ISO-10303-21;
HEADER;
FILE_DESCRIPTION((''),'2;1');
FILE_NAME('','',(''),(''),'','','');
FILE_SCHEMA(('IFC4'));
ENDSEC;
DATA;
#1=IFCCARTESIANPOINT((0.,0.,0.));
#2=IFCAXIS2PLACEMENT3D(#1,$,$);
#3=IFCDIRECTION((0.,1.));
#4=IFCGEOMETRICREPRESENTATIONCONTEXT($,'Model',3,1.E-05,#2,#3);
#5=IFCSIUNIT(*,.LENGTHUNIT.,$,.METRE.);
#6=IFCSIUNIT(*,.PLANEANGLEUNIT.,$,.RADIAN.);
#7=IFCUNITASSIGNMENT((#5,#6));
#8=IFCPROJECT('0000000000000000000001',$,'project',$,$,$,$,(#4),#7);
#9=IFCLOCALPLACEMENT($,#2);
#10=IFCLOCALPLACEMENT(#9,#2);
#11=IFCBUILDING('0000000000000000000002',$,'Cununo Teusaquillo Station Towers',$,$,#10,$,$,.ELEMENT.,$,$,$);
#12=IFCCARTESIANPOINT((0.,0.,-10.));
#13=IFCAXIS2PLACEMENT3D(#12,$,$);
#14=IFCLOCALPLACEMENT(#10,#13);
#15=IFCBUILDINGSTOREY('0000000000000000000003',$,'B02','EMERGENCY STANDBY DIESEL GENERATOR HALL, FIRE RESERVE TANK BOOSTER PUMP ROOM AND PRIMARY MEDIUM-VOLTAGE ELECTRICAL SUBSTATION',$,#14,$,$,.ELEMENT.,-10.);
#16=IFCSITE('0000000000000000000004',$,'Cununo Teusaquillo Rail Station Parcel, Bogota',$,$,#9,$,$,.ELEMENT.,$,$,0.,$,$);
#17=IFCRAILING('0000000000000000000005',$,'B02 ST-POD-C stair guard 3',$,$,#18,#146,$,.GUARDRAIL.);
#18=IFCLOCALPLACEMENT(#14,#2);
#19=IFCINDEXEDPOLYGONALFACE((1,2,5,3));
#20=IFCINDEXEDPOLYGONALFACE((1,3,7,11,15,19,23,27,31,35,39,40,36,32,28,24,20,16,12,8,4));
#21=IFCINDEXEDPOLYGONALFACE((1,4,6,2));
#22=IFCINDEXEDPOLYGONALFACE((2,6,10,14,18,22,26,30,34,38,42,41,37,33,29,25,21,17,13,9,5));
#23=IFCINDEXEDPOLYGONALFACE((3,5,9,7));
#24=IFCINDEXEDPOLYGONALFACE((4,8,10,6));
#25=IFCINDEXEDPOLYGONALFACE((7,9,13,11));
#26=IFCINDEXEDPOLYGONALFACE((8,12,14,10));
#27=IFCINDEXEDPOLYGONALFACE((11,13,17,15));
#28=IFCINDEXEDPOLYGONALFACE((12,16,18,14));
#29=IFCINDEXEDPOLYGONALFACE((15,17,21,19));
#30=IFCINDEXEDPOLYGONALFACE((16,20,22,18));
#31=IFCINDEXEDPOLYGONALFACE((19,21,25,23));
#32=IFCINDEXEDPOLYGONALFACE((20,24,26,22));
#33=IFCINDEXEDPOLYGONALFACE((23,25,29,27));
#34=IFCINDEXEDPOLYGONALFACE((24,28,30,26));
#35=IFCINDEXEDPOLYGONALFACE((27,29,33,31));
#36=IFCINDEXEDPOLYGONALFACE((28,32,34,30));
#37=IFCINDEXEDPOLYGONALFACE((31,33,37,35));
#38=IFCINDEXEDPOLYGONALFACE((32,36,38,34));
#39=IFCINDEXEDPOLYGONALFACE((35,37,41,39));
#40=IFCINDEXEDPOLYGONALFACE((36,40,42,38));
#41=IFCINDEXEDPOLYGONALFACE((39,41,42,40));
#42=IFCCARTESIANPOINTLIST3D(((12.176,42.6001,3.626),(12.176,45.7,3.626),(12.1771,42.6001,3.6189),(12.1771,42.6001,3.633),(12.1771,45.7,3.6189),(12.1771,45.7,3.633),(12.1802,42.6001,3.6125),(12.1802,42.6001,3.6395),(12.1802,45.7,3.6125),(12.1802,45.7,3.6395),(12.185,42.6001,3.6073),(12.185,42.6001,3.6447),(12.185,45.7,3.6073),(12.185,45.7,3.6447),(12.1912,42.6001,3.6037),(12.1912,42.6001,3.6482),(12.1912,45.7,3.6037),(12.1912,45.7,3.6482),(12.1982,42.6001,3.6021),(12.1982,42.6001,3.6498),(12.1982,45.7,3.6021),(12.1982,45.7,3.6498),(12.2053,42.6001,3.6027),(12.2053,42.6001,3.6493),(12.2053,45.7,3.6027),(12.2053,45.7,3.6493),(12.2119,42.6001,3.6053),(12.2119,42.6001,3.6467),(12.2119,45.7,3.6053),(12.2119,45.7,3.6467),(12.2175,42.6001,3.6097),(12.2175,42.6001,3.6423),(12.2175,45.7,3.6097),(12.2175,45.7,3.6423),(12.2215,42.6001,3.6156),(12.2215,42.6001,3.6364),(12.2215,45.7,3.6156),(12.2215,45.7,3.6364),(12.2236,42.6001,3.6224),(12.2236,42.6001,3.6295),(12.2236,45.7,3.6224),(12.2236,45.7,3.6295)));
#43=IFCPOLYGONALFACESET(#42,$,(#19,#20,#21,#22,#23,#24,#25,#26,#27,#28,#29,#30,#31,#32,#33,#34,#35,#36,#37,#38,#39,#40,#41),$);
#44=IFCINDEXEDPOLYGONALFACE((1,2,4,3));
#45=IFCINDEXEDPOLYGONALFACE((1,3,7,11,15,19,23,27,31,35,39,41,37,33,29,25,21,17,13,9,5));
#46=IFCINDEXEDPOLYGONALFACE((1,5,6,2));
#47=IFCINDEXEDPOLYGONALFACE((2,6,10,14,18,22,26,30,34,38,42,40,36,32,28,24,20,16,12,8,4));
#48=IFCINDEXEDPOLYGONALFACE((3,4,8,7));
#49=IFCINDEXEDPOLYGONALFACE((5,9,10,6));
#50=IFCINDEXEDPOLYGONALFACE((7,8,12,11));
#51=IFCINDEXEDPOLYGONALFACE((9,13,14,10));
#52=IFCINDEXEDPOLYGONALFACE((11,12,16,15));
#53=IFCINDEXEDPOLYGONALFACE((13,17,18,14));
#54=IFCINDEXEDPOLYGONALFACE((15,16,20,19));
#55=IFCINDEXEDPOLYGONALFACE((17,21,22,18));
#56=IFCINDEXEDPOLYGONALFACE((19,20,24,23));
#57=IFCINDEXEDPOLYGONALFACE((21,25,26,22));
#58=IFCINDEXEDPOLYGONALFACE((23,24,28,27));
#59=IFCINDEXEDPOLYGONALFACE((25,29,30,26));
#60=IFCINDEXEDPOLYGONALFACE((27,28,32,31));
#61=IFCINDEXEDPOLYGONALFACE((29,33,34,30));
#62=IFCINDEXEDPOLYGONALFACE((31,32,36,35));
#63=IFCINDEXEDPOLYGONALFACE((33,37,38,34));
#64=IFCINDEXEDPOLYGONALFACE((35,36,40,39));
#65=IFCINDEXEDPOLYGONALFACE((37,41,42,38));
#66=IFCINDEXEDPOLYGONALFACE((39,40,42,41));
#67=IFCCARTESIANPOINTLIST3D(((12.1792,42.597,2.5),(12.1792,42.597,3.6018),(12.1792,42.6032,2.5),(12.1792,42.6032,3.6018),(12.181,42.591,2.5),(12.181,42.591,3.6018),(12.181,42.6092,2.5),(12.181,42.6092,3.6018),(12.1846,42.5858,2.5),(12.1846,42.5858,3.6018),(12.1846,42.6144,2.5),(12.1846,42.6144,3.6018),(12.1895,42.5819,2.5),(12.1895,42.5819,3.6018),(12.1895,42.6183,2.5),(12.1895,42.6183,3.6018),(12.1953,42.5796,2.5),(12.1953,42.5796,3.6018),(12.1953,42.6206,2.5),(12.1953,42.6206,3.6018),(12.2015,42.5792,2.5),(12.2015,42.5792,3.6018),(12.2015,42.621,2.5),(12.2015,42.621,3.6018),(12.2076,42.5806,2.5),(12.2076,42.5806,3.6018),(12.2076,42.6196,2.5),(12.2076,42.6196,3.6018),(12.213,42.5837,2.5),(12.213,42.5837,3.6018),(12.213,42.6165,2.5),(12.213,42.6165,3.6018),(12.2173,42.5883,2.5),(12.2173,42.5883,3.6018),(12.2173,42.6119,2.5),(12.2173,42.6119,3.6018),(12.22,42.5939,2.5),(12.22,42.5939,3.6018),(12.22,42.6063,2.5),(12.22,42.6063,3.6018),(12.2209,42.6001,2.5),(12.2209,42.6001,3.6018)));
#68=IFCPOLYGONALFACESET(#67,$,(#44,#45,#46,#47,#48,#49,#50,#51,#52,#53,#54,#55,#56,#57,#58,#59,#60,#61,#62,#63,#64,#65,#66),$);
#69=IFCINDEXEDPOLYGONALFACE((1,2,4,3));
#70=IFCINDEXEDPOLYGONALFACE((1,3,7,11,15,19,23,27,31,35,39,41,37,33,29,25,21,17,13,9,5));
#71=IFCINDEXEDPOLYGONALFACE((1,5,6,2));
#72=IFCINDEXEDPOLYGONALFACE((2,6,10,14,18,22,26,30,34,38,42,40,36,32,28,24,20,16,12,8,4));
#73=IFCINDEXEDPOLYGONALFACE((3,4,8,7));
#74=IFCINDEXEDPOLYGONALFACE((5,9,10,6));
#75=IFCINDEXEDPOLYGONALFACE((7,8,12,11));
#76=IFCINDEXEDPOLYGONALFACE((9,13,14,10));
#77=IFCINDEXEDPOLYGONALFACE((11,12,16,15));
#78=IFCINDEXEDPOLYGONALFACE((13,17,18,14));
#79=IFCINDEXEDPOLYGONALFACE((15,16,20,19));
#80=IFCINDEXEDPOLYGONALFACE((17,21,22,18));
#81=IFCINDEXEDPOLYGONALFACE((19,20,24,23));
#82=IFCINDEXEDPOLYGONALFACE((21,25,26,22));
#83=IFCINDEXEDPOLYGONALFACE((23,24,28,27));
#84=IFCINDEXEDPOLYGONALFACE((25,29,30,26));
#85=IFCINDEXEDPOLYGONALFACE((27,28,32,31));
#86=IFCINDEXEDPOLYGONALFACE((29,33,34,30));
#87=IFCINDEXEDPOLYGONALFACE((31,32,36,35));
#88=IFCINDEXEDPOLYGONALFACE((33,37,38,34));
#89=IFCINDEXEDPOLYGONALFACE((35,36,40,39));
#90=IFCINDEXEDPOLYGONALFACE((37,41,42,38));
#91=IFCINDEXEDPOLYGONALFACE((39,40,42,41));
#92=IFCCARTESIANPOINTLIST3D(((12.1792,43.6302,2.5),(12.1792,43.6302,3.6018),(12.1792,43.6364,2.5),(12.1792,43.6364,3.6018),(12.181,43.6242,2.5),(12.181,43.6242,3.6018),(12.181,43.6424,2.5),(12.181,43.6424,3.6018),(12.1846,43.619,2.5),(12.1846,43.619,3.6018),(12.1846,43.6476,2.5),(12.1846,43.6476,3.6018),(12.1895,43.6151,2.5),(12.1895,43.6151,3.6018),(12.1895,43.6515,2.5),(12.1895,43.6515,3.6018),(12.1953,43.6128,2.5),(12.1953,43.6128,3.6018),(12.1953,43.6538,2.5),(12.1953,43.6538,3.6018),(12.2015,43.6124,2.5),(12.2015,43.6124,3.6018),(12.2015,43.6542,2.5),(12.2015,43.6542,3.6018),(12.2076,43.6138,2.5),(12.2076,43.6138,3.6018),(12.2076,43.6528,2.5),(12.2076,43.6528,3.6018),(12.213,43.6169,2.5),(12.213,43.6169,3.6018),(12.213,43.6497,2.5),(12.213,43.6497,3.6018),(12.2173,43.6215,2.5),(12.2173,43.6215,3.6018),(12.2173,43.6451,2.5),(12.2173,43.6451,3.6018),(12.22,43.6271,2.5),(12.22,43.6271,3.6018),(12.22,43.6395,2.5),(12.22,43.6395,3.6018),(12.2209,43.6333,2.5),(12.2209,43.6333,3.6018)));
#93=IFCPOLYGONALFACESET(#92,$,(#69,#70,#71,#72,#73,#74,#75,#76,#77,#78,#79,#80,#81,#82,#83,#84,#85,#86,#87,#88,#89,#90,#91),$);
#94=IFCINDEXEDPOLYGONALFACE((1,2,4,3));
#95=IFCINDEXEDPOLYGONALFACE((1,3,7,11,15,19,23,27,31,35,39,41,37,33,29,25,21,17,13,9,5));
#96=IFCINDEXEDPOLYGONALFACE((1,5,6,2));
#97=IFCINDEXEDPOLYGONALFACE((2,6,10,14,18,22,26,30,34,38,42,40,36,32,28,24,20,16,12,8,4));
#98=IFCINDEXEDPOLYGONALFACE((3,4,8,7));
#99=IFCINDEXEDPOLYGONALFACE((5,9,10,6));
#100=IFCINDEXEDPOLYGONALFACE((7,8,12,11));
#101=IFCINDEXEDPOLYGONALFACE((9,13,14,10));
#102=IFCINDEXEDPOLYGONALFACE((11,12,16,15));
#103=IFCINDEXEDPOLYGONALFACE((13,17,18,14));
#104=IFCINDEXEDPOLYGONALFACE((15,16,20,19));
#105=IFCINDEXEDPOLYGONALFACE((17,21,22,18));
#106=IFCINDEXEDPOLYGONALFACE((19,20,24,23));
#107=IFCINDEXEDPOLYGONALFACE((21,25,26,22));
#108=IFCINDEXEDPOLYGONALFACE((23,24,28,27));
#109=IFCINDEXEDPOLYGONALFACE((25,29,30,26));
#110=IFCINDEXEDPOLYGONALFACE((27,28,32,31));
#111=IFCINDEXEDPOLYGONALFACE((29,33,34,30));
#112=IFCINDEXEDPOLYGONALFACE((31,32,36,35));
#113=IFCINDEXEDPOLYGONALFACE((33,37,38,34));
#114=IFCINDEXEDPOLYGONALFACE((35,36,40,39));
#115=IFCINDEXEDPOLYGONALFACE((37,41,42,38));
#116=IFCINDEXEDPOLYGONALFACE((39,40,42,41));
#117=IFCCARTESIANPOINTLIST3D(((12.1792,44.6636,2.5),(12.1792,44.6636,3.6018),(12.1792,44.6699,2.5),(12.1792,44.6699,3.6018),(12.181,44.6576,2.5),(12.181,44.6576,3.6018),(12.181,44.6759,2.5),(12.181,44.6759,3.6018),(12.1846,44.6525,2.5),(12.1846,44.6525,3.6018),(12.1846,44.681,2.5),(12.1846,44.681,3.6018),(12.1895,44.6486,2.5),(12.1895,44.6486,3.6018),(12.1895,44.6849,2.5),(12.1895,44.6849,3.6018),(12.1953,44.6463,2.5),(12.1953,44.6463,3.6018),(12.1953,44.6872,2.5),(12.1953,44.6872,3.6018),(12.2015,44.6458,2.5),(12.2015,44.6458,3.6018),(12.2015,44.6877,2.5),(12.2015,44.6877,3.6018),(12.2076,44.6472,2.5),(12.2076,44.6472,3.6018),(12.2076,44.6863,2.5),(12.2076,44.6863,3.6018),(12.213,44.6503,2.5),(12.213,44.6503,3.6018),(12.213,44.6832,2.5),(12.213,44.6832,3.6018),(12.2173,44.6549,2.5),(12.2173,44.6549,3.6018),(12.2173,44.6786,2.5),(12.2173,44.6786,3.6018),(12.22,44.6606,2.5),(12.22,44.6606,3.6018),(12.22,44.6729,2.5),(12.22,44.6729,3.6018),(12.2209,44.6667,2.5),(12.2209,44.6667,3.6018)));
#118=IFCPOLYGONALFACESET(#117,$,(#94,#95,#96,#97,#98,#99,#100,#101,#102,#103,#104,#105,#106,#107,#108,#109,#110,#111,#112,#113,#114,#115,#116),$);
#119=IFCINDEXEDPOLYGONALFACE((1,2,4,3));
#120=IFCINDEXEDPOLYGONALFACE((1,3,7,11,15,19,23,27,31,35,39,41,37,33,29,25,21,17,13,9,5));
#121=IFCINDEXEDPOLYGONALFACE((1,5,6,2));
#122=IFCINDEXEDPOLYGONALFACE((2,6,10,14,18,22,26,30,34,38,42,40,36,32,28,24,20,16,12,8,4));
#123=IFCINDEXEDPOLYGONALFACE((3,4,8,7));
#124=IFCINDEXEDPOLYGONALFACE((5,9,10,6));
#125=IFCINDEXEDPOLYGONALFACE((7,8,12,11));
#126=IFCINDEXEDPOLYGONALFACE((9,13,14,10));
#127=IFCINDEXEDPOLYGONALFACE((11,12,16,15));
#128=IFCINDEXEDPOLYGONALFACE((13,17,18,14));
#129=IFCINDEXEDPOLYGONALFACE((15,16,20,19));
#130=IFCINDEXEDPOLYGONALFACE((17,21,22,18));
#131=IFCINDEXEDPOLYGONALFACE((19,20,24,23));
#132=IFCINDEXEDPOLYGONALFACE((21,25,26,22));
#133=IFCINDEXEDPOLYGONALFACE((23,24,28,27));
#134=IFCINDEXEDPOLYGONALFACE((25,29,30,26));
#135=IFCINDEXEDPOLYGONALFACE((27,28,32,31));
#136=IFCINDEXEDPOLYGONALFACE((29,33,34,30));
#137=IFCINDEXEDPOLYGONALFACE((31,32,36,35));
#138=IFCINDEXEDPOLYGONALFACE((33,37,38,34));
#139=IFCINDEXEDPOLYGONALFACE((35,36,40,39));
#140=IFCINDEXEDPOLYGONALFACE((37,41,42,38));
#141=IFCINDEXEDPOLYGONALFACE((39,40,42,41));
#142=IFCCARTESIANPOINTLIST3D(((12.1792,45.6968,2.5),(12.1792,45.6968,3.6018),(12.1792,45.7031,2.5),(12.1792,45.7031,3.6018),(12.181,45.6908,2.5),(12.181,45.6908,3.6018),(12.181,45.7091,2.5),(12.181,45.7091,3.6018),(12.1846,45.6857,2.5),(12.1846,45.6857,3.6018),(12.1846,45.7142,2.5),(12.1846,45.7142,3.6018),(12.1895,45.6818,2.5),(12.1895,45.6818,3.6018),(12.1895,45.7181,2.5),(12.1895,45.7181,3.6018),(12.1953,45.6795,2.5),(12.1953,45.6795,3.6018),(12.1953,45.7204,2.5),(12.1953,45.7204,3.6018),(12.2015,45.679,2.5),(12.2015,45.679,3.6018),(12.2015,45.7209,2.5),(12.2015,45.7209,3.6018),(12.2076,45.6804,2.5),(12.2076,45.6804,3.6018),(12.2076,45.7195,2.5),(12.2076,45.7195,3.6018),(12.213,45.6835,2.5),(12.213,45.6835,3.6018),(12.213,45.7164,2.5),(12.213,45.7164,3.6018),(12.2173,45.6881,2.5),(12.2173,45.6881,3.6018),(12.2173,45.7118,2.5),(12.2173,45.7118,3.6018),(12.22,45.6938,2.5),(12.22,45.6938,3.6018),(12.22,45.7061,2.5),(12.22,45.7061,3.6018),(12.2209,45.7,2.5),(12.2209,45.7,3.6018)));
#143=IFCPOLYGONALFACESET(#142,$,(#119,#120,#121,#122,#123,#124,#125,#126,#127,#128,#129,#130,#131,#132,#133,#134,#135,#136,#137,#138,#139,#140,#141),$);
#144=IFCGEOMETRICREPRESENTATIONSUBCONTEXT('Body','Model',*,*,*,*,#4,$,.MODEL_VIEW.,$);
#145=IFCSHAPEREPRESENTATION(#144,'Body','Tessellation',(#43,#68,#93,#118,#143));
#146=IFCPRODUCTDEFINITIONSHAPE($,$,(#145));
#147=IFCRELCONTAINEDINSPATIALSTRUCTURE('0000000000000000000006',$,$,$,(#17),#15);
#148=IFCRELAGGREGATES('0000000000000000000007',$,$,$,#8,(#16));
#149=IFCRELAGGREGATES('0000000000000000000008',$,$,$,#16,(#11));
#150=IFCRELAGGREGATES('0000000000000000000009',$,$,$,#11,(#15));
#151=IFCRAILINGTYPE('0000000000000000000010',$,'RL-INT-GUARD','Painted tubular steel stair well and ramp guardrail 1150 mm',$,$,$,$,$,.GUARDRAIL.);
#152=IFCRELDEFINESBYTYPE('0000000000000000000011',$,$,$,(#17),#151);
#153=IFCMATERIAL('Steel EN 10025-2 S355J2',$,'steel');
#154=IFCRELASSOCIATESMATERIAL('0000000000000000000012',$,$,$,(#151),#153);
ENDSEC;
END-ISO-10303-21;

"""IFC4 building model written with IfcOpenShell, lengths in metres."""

from ifc_helpers import new_model, si_unit, direction, frame, origin, origin_2d, place, context, subcontext, project, spatial, circle, extrude, material, type_object, element, save


model = new_model("IFC4")

# Units and contexts
model_context = context("Model", 3, precision=1e-05, world=origin(), true_north=direction((0.0, 1.0)))
body_context = subcontext(model_context, "Body", "Model", "MODEL_VIEW")
ifc_project = project(units=[si_unit("LENGTHUNIT", "METRE"), si_unit("PLANEANGLEUNIT", "RADIAN")], contexts=[model_context])

# Site, building, storey
site_placement = place(None, origin())
site = spatial("IfcSite", under=ifc_project, at=site_placement, Name="Cununo Teusaquillo Rail Station Parcel, Bogota", CompositionType="ELEMENT", RefElevation=0.0)
building_placement = place(site_placement, origin())
building = spatial("IfcBuilding", under=site, at=building_placement, Name="Cununo Teusaquillo Station Towers", CompositionType="ELEMENT")
storey_placement = place(building_placement, frame((0.0, 0.0, -10.0)))
storey = spatial("IfcBuildingStorey", under=building, at=storey_placement, Name="B02", Description="EMERGENCY STANDBY DIESEL GENERATOR HALL, FIRE RESERVE TANK BOOSTER PUMP ROOM AND PRIMARY MEDIUM-VOLTAGE ELECTRICAL SUBSTATION", CompositionType="ELEMENT", Elevation=-10.0)

# Railing
ifc_material_1 = material(Name="Steel EN 10025-2 S355J2", Category="steel")
railing_type_1 = type_object("IfcRailingType", Name="RL-INT-GUARD", Description="Painted tubular steel stair well and ramp guardrail 1150 mm", PredefinedType="GUARDRAIL", material=ifc_material_1)
railing_1_placement = place(storey_placement, frame((12.2, 42.6001, 2.5)))
element("IfcRailing", 1, at=railing_1_placement, inside=storey, type_object=railing_type_1, Name="B02 ST-POD-C stair guard 3", PredefinedType="GUARDRAIL", context=body_context, shape_type="SweptSolid", body=[
    extrude(circle(Radius=0.0239, at=origin_2d()), frame((0.0, 0.0, 1.126), z_axis=(0.0, 1.0, 0.0), x_axis=(-1.0, 0.0, 0.0)), (0.0, 0.0, 1.0), 3.0999),
    extrude(circle(Radius=0.021, at=origin_2d()), origin(), (0.0, 0.0, 1.0), 1.1018),
    extrude(circle(Radius=0.021, at=origin_2d()), frame((0.0, 1.0332, 0.0)), (0.0, 0.0, 1.0), 1.1018),
    extrude(circle(Radius=0.021, at=origin_2d()), frame((0.0, 2.0667, 0.0)), (0.0, 0.0, 1.0), 1.1018),
    extrude(circle(Radius=0.021, at=origin_2d()), frame((0.0, 3.0999, 0.0)), (0.0, 0.0, 1.0), 1.1018),
])

save(model, "model.ifc")
